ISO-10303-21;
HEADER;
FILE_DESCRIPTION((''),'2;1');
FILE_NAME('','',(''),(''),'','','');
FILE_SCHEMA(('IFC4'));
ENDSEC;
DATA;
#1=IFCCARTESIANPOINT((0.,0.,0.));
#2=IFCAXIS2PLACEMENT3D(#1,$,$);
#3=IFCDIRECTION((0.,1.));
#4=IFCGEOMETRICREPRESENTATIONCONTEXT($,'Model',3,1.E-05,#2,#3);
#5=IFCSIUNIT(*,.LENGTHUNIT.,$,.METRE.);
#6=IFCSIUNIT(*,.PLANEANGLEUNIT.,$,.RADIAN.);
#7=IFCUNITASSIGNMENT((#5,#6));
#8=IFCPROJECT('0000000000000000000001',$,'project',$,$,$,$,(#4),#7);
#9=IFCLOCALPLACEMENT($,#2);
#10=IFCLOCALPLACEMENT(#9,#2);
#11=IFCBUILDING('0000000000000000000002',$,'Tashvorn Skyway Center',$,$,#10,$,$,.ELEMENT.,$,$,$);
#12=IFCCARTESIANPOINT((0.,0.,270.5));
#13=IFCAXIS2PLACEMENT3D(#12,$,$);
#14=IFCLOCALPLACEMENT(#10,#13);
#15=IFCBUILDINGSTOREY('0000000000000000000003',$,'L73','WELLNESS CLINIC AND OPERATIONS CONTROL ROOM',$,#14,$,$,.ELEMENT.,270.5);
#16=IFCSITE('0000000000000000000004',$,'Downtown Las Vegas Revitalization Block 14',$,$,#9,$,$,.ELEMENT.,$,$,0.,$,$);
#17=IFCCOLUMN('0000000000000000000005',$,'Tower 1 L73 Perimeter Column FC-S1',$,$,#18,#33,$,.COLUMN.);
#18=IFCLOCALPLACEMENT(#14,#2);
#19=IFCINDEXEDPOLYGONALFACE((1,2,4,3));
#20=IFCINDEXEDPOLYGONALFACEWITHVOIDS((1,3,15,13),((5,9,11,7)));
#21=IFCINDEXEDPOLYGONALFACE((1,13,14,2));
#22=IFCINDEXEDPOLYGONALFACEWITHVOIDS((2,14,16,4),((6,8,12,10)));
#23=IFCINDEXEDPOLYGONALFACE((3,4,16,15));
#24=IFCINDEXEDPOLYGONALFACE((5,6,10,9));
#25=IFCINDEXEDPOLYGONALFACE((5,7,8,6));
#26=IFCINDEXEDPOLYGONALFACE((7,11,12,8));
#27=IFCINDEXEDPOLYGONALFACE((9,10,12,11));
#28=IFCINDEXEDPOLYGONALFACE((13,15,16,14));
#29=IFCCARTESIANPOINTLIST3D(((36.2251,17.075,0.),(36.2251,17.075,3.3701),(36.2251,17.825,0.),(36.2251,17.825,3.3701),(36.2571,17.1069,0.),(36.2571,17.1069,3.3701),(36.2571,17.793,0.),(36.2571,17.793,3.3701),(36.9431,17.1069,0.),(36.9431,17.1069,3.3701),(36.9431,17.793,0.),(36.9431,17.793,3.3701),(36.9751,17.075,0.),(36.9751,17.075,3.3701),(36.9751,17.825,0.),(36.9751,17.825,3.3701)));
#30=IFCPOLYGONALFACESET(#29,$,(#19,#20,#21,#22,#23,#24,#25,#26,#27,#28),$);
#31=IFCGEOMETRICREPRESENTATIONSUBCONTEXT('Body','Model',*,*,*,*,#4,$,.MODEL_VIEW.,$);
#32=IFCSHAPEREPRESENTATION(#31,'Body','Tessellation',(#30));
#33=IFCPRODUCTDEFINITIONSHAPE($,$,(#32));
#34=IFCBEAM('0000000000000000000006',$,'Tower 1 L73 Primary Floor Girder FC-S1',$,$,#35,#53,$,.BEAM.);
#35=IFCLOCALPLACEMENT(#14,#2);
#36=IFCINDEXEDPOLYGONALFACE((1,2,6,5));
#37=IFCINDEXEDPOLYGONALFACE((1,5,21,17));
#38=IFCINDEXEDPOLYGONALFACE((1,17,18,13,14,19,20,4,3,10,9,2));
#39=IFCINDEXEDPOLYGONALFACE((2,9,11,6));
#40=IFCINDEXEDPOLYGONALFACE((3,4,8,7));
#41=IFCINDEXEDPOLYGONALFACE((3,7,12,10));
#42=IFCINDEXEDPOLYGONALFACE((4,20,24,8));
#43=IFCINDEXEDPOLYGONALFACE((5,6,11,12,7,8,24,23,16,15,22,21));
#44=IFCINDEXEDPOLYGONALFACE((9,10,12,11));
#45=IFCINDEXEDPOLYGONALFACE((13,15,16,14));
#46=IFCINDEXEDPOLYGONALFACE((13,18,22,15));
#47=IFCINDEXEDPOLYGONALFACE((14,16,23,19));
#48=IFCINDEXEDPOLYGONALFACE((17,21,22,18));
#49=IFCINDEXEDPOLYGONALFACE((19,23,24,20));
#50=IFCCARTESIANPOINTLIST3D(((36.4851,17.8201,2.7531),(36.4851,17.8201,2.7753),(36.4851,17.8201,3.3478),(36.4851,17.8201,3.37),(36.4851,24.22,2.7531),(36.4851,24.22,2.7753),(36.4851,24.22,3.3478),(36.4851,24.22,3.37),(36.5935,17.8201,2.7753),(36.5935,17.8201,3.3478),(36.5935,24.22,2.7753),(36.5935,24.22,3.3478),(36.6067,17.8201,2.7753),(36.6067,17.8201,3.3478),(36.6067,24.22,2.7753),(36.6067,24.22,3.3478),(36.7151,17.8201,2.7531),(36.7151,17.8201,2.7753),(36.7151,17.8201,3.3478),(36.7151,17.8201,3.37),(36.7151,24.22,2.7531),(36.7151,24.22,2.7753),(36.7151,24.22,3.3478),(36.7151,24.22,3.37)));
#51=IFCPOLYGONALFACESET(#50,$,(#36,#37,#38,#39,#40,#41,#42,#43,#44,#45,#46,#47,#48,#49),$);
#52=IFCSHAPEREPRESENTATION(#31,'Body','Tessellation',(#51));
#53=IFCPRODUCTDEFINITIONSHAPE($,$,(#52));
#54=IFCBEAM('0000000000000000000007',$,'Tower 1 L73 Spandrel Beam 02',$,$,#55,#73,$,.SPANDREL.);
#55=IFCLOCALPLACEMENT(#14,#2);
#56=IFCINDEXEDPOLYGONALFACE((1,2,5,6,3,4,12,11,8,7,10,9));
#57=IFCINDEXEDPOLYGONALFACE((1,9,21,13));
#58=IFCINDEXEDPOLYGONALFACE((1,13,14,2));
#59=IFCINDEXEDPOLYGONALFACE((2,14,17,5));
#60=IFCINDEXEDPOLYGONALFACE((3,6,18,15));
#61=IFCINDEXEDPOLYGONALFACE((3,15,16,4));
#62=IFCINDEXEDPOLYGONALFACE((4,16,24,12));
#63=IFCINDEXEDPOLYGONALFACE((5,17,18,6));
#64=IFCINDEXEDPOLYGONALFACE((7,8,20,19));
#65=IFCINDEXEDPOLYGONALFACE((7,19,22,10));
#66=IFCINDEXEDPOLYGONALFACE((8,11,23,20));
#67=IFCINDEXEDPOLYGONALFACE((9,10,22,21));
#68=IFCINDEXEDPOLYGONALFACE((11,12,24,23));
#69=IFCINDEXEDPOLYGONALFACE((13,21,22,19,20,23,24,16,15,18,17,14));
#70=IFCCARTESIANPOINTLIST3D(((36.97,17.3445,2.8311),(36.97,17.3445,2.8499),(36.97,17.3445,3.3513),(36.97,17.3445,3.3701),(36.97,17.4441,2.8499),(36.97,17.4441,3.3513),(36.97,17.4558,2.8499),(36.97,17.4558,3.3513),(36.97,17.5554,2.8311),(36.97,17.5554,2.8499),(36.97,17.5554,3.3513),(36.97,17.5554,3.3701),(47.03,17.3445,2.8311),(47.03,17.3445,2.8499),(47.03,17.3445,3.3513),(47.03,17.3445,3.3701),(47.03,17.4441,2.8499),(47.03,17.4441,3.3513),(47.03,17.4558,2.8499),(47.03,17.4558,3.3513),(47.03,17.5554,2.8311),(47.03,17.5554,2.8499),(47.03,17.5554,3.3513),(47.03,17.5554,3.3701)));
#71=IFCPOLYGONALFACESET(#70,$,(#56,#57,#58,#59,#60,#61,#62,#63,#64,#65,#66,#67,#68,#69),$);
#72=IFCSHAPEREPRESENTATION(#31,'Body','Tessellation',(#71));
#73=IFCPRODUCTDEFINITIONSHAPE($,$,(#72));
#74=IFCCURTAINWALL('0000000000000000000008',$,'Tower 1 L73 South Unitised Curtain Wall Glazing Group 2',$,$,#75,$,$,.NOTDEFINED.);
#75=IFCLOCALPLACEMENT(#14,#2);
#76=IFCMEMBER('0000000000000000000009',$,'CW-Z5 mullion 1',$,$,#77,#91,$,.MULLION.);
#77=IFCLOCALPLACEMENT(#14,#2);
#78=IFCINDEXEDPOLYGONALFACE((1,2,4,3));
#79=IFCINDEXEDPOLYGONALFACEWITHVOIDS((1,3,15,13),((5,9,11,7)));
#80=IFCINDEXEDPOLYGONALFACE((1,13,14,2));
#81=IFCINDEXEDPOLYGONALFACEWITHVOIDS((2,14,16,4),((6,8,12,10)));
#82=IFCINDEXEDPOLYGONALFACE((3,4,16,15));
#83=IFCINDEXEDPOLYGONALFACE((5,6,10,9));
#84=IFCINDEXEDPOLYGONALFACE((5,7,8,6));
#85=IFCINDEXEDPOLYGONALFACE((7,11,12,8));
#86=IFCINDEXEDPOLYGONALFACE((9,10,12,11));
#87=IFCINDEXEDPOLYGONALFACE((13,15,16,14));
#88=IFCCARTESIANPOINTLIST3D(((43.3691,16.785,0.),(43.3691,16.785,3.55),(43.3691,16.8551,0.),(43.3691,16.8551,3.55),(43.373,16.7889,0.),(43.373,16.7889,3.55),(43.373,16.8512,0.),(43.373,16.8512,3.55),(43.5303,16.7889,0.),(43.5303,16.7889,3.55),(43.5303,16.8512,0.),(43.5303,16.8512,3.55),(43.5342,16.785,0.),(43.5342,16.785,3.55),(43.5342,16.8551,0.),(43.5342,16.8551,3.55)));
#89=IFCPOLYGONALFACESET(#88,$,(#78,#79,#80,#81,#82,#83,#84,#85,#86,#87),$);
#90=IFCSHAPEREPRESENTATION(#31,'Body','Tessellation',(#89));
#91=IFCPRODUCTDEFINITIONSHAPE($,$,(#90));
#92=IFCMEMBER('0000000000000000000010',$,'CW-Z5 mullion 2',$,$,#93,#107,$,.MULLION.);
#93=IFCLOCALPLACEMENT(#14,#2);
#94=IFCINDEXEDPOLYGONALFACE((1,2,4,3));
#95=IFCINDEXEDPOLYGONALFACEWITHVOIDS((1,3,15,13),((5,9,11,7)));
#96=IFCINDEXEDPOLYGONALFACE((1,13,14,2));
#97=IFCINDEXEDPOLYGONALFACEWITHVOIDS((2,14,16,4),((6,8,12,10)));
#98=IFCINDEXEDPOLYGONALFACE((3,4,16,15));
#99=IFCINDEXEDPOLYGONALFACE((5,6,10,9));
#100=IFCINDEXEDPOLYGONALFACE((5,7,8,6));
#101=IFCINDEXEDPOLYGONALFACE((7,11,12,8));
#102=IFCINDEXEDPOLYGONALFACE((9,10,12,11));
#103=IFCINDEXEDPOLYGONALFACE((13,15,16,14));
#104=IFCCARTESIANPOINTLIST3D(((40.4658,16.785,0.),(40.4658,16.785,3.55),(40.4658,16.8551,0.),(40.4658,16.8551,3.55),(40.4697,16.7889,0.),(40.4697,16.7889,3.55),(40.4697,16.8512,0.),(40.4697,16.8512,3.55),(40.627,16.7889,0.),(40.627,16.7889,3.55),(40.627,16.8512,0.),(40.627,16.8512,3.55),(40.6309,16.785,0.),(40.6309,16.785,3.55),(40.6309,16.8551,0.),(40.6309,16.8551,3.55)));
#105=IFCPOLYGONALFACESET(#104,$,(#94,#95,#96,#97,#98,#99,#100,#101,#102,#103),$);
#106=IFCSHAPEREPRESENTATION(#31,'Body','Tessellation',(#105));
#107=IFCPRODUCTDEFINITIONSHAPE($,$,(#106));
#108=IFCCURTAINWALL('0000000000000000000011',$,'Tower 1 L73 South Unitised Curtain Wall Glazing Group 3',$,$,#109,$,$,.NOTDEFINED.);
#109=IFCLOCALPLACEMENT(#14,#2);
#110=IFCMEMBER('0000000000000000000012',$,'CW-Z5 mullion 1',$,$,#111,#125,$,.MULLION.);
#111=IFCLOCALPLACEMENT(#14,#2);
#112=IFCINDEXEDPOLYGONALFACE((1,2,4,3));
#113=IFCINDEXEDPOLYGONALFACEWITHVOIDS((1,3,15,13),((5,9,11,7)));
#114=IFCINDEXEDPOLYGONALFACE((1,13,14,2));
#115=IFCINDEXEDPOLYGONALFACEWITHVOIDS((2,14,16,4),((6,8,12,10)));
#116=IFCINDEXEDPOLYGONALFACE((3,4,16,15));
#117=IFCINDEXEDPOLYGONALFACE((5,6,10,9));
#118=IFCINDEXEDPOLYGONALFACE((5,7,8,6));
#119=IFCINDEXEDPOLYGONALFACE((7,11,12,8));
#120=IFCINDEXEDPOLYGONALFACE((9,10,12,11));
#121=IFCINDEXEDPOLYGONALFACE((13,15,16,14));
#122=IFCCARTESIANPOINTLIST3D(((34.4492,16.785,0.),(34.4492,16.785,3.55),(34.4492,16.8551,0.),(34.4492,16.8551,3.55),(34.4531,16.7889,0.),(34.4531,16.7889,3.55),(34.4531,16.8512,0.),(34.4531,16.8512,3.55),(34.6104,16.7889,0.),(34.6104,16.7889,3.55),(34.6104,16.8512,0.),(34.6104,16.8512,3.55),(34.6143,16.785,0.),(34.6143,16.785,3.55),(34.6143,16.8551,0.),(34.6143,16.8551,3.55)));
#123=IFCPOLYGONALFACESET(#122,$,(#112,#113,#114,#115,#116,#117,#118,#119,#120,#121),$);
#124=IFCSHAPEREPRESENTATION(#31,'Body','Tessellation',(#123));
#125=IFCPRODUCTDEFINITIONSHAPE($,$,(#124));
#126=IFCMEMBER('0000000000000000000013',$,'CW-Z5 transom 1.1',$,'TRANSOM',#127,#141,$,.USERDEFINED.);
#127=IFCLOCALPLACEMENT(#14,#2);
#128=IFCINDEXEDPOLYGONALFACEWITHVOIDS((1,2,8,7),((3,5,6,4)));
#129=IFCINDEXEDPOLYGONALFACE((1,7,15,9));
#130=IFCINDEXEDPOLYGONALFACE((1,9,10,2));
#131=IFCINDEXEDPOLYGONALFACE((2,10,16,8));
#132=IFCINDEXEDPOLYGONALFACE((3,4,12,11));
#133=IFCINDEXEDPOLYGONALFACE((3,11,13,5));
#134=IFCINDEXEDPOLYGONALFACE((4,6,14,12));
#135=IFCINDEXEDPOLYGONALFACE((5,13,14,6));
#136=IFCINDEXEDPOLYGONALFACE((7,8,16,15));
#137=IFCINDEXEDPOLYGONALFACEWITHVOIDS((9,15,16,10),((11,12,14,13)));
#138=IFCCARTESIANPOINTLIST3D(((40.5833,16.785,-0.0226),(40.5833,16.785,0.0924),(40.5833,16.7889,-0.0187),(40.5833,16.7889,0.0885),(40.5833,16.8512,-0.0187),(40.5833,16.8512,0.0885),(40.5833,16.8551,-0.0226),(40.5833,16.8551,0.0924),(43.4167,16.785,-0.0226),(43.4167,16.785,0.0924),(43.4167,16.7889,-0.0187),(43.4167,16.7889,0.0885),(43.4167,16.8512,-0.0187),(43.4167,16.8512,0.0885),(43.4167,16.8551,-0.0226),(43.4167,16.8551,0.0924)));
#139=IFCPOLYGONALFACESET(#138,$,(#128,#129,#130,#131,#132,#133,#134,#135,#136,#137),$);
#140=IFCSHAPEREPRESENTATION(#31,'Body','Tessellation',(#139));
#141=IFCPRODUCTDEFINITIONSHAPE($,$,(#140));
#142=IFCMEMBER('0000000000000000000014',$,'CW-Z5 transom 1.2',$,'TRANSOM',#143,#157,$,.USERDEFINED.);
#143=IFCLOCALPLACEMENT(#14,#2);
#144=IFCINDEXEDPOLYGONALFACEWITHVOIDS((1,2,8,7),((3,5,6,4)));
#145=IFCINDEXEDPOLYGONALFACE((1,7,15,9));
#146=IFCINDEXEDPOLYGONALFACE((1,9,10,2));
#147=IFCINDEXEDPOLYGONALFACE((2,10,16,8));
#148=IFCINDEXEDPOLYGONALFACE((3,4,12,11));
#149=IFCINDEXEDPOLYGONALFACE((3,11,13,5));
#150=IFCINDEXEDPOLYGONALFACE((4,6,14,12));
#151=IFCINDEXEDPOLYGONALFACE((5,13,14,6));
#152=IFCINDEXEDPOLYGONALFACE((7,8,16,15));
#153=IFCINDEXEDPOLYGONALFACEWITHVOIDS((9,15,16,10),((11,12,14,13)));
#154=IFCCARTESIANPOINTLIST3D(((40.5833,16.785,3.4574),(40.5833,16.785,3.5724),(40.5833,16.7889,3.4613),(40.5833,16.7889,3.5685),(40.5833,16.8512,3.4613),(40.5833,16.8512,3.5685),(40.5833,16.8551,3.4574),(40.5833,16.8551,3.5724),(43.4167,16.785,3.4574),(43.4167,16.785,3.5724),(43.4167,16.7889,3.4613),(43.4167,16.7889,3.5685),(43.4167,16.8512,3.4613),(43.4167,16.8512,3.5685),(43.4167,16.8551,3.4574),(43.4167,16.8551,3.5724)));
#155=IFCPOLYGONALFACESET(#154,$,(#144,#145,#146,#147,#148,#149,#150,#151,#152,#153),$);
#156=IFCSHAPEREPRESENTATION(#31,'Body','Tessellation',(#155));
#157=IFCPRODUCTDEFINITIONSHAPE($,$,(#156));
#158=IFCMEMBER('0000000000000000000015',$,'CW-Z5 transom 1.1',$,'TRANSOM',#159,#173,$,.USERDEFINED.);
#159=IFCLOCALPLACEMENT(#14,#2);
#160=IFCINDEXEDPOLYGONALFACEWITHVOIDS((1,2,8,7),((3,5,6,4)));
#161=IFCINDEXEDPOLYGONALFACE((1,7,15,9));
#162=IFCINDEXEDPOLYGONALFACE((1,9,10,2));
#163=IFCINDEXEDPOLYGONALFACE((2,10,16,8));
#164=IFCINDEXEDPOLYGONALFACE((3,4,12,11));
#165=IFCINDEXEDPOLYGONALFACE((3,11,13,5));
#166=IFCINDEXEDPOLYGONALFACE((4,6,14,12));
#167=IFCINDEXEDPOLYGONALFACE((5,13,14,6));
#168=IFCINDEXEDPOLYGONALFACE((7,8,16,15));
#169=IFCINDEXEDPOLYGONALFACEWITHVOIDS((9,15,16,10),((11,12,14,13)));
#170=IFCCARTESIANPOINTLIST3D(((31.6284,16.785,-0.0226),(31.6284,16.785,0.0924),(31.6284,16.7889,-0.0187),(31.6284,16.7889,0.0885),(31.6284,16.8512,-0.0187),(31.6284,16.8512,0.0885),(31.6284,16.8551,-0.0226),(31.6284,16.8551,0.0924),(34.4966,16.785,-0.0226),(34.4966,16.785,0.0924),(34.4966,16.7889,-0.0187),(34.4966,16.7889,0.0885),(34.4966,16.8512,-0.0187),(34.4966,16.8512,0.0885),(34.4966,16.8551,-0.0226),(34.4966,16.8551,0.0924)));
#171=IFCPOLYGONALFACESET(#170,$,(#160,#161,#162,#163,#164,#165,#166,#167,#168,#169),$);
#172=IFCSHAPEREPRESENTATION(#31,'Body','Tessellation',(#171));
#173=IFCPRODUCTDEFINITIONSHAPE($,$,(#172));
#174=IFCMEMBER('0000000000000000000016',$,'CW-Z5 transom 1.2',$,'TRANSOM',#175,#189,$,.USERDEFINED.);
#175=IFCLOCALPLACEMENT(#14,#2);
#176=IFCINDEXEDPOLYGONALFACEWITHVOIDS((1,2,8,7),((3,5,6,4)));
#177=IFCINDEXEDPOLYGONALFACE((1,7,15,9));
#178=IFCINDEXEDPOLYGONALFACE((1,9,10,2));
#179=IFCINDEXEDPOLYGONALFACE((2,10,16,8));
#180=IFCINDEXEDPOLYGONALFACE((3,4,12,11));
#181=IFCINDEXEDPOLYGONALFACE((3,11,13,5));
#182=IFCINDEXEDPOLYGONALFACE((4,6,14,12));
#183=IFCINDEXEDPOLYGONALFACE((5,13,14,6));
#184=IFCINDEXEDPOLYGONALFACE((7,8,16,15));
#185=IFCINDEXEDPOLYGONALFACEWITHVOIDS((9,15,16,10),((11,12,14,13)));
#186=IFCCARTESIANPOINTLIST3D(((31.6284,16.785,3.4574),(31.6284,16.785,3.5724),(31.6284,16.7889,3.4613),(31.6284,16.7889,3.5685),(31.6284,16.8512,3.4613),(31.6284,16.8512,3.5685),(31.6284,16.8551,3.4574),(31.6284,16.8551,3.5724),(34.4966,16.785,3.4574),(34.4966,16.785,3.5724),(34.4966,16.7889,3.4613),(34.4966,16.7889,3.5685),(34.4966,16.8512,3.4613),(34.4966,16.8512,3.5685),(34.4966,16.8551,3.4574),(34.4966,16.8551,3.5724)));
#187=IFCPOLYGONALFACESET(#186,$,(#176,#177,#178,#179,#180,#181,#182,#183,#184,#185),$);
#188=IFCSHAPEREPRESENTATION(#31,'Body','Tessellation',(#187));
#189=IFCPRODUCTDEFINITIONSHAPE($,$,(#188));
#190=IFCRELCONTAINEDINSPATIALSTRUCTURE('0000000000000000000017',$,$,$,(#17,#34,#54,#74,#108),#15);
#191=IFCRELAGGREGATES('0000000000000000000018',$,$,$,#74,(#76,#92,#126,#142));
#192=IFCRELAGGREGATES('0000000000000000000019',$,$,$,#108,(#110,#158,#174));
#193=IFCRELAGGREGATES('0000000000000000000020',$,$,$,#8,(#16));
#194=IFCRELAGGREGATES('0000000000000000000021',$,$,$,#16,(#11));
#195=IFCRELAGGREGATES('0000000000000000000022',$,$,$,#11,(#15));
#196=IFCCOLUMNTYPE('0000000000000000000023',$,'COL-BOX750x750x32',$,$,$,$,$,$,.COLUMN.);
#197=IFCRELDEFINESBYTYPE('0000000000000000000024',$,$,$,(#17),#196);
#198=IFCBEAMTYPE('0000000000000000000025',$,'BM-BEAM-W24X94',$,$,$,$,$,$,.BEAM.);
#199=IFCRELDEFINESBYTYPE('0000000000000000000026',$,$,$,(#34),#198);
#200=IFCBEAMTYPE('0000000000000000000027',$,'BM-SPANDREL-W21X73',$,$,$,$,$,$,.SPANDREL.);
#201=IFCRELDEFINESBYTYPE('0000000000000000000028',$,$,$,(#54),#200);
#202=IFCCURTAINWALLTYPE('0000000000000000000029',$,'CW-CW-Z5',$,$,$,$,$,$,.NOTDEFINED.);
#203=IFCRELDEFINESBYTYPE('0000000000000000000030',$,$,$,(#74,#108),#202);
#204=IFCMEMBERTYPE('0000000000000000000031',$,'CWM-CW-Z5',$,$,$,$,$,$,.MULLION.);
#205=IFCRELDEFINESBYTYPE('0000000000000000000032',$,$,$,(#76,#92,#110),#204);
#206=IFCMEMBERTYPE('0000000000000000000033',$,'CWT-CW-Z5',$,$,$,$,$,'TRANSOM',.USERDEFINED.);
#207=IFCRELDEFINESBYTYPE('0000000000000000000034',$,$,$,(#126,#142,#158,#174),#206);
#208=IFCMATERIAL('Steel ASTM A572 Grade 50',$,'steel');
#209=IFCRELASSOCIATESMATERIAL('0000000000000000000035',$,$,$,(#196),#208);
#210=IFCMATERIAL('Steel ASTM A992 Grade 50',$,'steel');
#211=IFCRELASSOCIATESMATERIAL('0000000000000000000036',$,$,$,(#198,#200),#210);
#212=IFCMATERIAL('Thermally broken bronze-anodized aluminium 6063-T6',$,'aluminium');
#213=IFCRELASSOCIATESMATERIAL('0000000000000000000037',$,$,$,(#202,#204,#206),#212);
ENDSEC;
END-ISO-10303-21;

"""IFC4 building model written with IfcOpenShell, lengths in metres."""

from ifc_helpers import new_model, si_unit, direction, frame, origin, origin_2d, place, context, subcontext, project, spatial, hollow_rectangle, i_section, extrude, material, material_profile, profile_set, type_object, element, aggregate, save


model = new_model("IFC4")

# Units and contexts
model_context = context("Model", 3, precision=1e-05, world=origin(), true_north=direction((0.0, 1.0)))
body_context = subcontext(model_context, "Body", "Model", "MODEL_VIEW")
ifc_project = project(units=[si_unit("LENGTHUNIT", "METRE"), si_unit("PLANEANGLEUNIT", "RADIAN")], contexts=[model_context])

# Site, building, storey
site_placement = place(None, origin())
site = spatial("IfcSite", under=ifc_project, at=site_placement, Name="Downtown Las Vegas Revitalization Block 14", CompositionType="ELEMENT", RefElevation=0.0)
building_placement = place(site_placement, origin())
building = spatial("IfcBuilding", under=site, at=building_placement, Name="Tashvorn Skyway Center", CompositionType="ELEMENT")
storey_placement = place(building_placement, frame((0.0, 0.0, 270.5)))
storey = spatial("IfcBuildingStorey", under=building, at=storey_placement, Name="L73", Description="WELLNESS CLINIC AND OPERATIONS CONTROL ROOM", CompositionType="ELEMENT", Elevation=270.5)

# Column
ifc_material_1 = material(Name="Steel ASTM A572 Grade 50", Category="steel")
ifc_material_profile_1 = material_profile(ifc_material_1, hollow_rectangle(XDim=0.75, YDim=0.75, WallThickness=0.032, at=origin_2d()), Name="BOX750x750x32")
ifc_profile_set_1 = profile_set([ifc_material_profile_1], Name="Steel ASTM A572 Grade 50")
column_type = type_object("IfcColumnType", Name="COL-BOX750x750x32", PredefinedType="COLUMN", material=ifc_profile_set_1)
column_placement = place(storey_placement, frame((36.6001, 17.45, 0.0), z_axis=(0.0, 0.0, 1.0), x_axis=(1.0, 0.0, 0.0)))
element("IfcColumn", 1, at=column_placement, inside=storey, type_object=column_type, Name="Tower 1 L73 Perimeter Column FC-S1", PredefinedType="COLUMN", context=body_context, shape_type="SweptSolid", body=[
    extrude(hollow_rectangle(XDim=0.75, YDim=0.75, WallThickness=0.032, at=origin_2d()), origin(), (0.0, 0.0, 1.0), 3.3701),
])

# Beams
ifc_material_2 = material(Name="Steel ASTM A992 Grade 50", Category="steel")
ifc_material_profile_2 = material_profile(ifc_material_2, i_section(OverallWidth=0.23, OverallDepth=0.6169, WebThickness=0.0132, FlangeThickness=0.0222, at=origin_2d()), Name="W24X94")
ifc_profile_set_2 = profile_set([ifc_material_profile_2], Name="Steel ASTM A992 Grade 50")
beam_type_1 = type_object("IfcBeamType", Name="BM-BEAM-W24X94", PredefinedType="BEAM", material=ifc_profile_set_2)
beam_1_placement = place(storey_placement, frame((36.6001, 17.8201, 3.0615), z_axis=(0.0, 1.0, 0.0), x_axis=(-1.0, 0.0, 0.0)))
element("IfcBeam", 2, at=beam_1_placement, inside=storey, type_object=beam_type_1, Name="Tower 1 L73 Primary Floor Girder FC-S1", PredefinedType="BEAM", context=body_context, shape_type="SweptSolid", body=[
    extrude(i_section(OverallWidth=0.23, OverallDepth=0.6169, WebThickness=0.0132, FlangeThickness=0.0222, at=origin_2d()), origin(), (0.0, 0.0, 1.0), 6.3999),
])
ifc_material_profile_3 = material_profile(ifc_material_2, i_section(OverallWidth=0.2109, OverallDepth=0.5391, WebThickness=0.0117, FlangeThickness=0.0188, at=origin_2d()), Name="W21X73")
ifc_profile_set_3 = profile_set([ifc_material_profile_3], Name="Steel ASTM A992 Grade 50")
beam_type_2 = type_object("IfcBeamType", Name="BM-SPANDREL-W21X73", PredefinedType="SPANDREL", material=ifc_profile_set_3)
beam_2_placement = place(storey_placement, frame((36.97, 17.45, 3.1006), z_axis=(1.0, 0.0, 0.0), x_axis=(0.0, 1.0, 0.0)))
element("IfcBeam", 3, at=beam_2_placement, inside=storey, type_object=beam_type_2, Name="Tower 1 L73 Spandrel Beam 02", PredefinedType="SPANDREL", context=body_context, shape_type="SweptSolid", body=[
    extrude(i_section(OverallWidth=0.2109, OverallDepth=0.5391, WebThickness=0.0117, FlangeThickness=0.0188, at=origin_2d()), origin(), (0.0, 0.0, 1.0), 10.0601),
])

# Curtain wall, members
ifc_material_3 = material(Name="Thermally broken bronze-anodized aluminium 6063-T6", Category="aluminium")
curtain_wall_type = type_object("IfcCurtainWallType", Name="CW-CW-Z5", PredefinedType="NOTDEFINED", material=ifc_material_3)
curtain_wall_1_placement = place(storey_placement, origin())
curtain_wall_1 = element("IfcCurtainWall", 4, at=curtain_wall_1_placement, inside=storey, type_object=curtain_wall_type, Name="Tower 1 L73 South Unitised Curtain Wall Glazing Group 2", PredefinedType="NOTDEFINED")
ifc_material_profile_4 = material_profile(ifc_material_3, hollow_rectangle(XDim=0.0701, YDim=0.165, WallThickness=0.0039, at=origin_2d()), Name="ALU-MULL-70x165")
ifc_profile_set_4 = profile_set([ifc_material_profile_4], Name="Thermally broken bronze-anodized aluminium 6063-T6")
member_type_1 = type_object("IfcMemberType", Name="CWM-CW-Z5", PredefinedType="MULLION", material=ifc_profile_set_4)
member_1_placement = place(storey_placement, frame((43.4517, 16.8201, 0.0), z_axis=(0.0, 0.0, 1.0), x_axis=(0.0, -1.0, 0.0)))
member_1 = element("IfcMember", 5, at=member_1_placement, type_object=member_type_1, Name="CW-Z5 mullion 1", PredefinedType="MULLION", context=body_context, shape_type="SweptSolid", body=[
    extrude(hollow_rectangle(XDim=0.0701, YDim=0.165, WallThickness=0.0039, at=origin_2d()), origin(), (0.0, 0.0, 1.0), 3.55),
])
member_2_placement = place(storey_placement, frame((40.5483, 16.8201, 0.0), z_axis=(0.0, 0.0, 1.0), x_axis=(0.0, -1.0, 0.0)))
member_2 = element("IfcMember", 6, at=member_2_placement, type_object=member_type_1, Name="CW-Z5 mullion 2", PredefinedType="MULLION", context=body_context, shape_type="SweptSolid", body=[
    extrude(hollow_rectangle(XDim=0.0701, YDim=0.165, WallThickness=0.0039, at=origin_2d()), origin(), (0.0, 0.0, 1.0), 3.55),
])

# Curtain wall, member
curtain_wall_2_placement = place(storey_placement, origin())
curtain_wall_2 = element("IfcCurtainWall", 7, at=curtain_wall_2_placement, inside=storey, type_object=curtain_wall_type, Name="Tower 1 L73 South Unitised Curtain Wall Glazing Group 3", PredefinedType="NOTDEFINED")
member_3_placement = place(storey_placement, frame((34.5317, 16.8201, 0.0), z_axis=(0.0, 0.0, 1.0), x_axis=(0.0, -1.0, 0.0)))
member_3 = element("IfcMember", 8, at=member_3_placement, type_object=member_type_1, Name="CW-Z5 mullion 1", PredefinedType="MULLION", context=body_context, shape_type="SweptSolid", body=[
    extrude(hollow_rectangle(XDim=0.0701, YDim=0.165, WallThickness=0.0039, at=origin_2d()), origin(), (0.0, 0.0, 1.0), 3.55),
])

# Members
ifc_material_profile_5 = material_profile(ifc_material_3, hollow_rectangle(XDim=0.0701, YDim=0.115, WallThickness=0.0039, at=origin_2d()), Name="ALU-TRAN-70x115")
ifc_profile_set_5 = profile_set([ifc_material_profile_5], Name="Thermally broken bronze-anodized aluminium 6063-T6")
member_type_2 = type_object("IfcMemberType", Name="CWT-CW-Z5", ElementType="TRANSOM", PredefinedType="USERDEFINED", material=ifc_profile_set_5)
member_4_placement = place(storey_placement, frame((43.4167, 16.8201, 0.0349), z_axis=(-1.0, 0.0, 0.0), x_axis=(0.0, -1.0, 0.0)))
member_4 = element("IfcMember", 9, at=member_4_placement, type_object=member_type_2, Name="CW-Z5 transom 1.1", ObjectType="TRANSOM", PredefinedType="USERDEFINED", context=body_context, shape_type="SweptSolid", body=[
    extrude(hollow_rectangle(XDim=0.0701, YDim=0.115, WallThickness=0.0039, at=origin_2d()), origin(), (0.0, 0.0, 1.0), 2.8335),
])
member_5_placement = place(storey_placement, frame((43.4167, 16.8201, 3.5149), z_axis=(-1.0, 0.0, 0.0), x_axis=(0.0, -1.0, 0.0)))
member_5 = element("IfcMember", 10, at=member_5_placement, type_object=member_type_2, Name="CW-Z5 transom 1.2", ObjectType="TRANSOM", PredefinedType="USERDEFINED", context=body_context, shape_type="SweptSolid", body=[
    extrude(hollow_rectangle(XDim=0.0701, YDim=0.115, WallThickness=0.0039, at=origin_2d()), origin(), (0.0, 0.0, 1.0), 2.8335),
])
member_6_placement = place(storey_placement, frame((34.4966, 16.8201, 0.0349), z_axis=(-1.0, 0.0, 0.0), x_axis=(0.0, -1.0, 0.0)))
member_6 = element("IfcMember", 11, at=member_6_placement, type_object=member_type_2, Name="CW-Z5 transom 1.1", ObjectType="TRANSOM", PredefinedType="USERDEFINED", context=body_context, shape_type="SweptSolid", body=[
    extrude(hollow_rectangle(XDim=0.0701, YDim=0.115, WallThickness=0.0039, at=origin_2d()), origin(), (0.0, 0.0, 1.0), 2.8682),
])
member_7_placement = place(storey_placement, frame((34.4966, 16.8201, 3.5149), z_axis=(-1.0, 0.0, 0.0), x_axis=(0.0, -1.0, 0.0)))
member_7 = element("IfcMember", 12, at=member_7_placement, type_object=member_type_2, Name="CW-Z5 transom 1.2", ObjectType="TRANSOM", PredefinedType="USERDEFINED", context=body_context, shape_type="SweptSolid", body=[
    extrude(hollow_rectangle(XDim=0.0701, YDim=0.115, WallThickness=0.0039, at=origin_2d()), origin(), (0.0, 0.0, 1.0), 2.8682),
])

aggregate(curtain_wall_1, [member_1, member_2, member_4, member_5])
aggregate(curtain_wall_2, [member_3, member_6, member_7])

save(model, "model.ifc")
